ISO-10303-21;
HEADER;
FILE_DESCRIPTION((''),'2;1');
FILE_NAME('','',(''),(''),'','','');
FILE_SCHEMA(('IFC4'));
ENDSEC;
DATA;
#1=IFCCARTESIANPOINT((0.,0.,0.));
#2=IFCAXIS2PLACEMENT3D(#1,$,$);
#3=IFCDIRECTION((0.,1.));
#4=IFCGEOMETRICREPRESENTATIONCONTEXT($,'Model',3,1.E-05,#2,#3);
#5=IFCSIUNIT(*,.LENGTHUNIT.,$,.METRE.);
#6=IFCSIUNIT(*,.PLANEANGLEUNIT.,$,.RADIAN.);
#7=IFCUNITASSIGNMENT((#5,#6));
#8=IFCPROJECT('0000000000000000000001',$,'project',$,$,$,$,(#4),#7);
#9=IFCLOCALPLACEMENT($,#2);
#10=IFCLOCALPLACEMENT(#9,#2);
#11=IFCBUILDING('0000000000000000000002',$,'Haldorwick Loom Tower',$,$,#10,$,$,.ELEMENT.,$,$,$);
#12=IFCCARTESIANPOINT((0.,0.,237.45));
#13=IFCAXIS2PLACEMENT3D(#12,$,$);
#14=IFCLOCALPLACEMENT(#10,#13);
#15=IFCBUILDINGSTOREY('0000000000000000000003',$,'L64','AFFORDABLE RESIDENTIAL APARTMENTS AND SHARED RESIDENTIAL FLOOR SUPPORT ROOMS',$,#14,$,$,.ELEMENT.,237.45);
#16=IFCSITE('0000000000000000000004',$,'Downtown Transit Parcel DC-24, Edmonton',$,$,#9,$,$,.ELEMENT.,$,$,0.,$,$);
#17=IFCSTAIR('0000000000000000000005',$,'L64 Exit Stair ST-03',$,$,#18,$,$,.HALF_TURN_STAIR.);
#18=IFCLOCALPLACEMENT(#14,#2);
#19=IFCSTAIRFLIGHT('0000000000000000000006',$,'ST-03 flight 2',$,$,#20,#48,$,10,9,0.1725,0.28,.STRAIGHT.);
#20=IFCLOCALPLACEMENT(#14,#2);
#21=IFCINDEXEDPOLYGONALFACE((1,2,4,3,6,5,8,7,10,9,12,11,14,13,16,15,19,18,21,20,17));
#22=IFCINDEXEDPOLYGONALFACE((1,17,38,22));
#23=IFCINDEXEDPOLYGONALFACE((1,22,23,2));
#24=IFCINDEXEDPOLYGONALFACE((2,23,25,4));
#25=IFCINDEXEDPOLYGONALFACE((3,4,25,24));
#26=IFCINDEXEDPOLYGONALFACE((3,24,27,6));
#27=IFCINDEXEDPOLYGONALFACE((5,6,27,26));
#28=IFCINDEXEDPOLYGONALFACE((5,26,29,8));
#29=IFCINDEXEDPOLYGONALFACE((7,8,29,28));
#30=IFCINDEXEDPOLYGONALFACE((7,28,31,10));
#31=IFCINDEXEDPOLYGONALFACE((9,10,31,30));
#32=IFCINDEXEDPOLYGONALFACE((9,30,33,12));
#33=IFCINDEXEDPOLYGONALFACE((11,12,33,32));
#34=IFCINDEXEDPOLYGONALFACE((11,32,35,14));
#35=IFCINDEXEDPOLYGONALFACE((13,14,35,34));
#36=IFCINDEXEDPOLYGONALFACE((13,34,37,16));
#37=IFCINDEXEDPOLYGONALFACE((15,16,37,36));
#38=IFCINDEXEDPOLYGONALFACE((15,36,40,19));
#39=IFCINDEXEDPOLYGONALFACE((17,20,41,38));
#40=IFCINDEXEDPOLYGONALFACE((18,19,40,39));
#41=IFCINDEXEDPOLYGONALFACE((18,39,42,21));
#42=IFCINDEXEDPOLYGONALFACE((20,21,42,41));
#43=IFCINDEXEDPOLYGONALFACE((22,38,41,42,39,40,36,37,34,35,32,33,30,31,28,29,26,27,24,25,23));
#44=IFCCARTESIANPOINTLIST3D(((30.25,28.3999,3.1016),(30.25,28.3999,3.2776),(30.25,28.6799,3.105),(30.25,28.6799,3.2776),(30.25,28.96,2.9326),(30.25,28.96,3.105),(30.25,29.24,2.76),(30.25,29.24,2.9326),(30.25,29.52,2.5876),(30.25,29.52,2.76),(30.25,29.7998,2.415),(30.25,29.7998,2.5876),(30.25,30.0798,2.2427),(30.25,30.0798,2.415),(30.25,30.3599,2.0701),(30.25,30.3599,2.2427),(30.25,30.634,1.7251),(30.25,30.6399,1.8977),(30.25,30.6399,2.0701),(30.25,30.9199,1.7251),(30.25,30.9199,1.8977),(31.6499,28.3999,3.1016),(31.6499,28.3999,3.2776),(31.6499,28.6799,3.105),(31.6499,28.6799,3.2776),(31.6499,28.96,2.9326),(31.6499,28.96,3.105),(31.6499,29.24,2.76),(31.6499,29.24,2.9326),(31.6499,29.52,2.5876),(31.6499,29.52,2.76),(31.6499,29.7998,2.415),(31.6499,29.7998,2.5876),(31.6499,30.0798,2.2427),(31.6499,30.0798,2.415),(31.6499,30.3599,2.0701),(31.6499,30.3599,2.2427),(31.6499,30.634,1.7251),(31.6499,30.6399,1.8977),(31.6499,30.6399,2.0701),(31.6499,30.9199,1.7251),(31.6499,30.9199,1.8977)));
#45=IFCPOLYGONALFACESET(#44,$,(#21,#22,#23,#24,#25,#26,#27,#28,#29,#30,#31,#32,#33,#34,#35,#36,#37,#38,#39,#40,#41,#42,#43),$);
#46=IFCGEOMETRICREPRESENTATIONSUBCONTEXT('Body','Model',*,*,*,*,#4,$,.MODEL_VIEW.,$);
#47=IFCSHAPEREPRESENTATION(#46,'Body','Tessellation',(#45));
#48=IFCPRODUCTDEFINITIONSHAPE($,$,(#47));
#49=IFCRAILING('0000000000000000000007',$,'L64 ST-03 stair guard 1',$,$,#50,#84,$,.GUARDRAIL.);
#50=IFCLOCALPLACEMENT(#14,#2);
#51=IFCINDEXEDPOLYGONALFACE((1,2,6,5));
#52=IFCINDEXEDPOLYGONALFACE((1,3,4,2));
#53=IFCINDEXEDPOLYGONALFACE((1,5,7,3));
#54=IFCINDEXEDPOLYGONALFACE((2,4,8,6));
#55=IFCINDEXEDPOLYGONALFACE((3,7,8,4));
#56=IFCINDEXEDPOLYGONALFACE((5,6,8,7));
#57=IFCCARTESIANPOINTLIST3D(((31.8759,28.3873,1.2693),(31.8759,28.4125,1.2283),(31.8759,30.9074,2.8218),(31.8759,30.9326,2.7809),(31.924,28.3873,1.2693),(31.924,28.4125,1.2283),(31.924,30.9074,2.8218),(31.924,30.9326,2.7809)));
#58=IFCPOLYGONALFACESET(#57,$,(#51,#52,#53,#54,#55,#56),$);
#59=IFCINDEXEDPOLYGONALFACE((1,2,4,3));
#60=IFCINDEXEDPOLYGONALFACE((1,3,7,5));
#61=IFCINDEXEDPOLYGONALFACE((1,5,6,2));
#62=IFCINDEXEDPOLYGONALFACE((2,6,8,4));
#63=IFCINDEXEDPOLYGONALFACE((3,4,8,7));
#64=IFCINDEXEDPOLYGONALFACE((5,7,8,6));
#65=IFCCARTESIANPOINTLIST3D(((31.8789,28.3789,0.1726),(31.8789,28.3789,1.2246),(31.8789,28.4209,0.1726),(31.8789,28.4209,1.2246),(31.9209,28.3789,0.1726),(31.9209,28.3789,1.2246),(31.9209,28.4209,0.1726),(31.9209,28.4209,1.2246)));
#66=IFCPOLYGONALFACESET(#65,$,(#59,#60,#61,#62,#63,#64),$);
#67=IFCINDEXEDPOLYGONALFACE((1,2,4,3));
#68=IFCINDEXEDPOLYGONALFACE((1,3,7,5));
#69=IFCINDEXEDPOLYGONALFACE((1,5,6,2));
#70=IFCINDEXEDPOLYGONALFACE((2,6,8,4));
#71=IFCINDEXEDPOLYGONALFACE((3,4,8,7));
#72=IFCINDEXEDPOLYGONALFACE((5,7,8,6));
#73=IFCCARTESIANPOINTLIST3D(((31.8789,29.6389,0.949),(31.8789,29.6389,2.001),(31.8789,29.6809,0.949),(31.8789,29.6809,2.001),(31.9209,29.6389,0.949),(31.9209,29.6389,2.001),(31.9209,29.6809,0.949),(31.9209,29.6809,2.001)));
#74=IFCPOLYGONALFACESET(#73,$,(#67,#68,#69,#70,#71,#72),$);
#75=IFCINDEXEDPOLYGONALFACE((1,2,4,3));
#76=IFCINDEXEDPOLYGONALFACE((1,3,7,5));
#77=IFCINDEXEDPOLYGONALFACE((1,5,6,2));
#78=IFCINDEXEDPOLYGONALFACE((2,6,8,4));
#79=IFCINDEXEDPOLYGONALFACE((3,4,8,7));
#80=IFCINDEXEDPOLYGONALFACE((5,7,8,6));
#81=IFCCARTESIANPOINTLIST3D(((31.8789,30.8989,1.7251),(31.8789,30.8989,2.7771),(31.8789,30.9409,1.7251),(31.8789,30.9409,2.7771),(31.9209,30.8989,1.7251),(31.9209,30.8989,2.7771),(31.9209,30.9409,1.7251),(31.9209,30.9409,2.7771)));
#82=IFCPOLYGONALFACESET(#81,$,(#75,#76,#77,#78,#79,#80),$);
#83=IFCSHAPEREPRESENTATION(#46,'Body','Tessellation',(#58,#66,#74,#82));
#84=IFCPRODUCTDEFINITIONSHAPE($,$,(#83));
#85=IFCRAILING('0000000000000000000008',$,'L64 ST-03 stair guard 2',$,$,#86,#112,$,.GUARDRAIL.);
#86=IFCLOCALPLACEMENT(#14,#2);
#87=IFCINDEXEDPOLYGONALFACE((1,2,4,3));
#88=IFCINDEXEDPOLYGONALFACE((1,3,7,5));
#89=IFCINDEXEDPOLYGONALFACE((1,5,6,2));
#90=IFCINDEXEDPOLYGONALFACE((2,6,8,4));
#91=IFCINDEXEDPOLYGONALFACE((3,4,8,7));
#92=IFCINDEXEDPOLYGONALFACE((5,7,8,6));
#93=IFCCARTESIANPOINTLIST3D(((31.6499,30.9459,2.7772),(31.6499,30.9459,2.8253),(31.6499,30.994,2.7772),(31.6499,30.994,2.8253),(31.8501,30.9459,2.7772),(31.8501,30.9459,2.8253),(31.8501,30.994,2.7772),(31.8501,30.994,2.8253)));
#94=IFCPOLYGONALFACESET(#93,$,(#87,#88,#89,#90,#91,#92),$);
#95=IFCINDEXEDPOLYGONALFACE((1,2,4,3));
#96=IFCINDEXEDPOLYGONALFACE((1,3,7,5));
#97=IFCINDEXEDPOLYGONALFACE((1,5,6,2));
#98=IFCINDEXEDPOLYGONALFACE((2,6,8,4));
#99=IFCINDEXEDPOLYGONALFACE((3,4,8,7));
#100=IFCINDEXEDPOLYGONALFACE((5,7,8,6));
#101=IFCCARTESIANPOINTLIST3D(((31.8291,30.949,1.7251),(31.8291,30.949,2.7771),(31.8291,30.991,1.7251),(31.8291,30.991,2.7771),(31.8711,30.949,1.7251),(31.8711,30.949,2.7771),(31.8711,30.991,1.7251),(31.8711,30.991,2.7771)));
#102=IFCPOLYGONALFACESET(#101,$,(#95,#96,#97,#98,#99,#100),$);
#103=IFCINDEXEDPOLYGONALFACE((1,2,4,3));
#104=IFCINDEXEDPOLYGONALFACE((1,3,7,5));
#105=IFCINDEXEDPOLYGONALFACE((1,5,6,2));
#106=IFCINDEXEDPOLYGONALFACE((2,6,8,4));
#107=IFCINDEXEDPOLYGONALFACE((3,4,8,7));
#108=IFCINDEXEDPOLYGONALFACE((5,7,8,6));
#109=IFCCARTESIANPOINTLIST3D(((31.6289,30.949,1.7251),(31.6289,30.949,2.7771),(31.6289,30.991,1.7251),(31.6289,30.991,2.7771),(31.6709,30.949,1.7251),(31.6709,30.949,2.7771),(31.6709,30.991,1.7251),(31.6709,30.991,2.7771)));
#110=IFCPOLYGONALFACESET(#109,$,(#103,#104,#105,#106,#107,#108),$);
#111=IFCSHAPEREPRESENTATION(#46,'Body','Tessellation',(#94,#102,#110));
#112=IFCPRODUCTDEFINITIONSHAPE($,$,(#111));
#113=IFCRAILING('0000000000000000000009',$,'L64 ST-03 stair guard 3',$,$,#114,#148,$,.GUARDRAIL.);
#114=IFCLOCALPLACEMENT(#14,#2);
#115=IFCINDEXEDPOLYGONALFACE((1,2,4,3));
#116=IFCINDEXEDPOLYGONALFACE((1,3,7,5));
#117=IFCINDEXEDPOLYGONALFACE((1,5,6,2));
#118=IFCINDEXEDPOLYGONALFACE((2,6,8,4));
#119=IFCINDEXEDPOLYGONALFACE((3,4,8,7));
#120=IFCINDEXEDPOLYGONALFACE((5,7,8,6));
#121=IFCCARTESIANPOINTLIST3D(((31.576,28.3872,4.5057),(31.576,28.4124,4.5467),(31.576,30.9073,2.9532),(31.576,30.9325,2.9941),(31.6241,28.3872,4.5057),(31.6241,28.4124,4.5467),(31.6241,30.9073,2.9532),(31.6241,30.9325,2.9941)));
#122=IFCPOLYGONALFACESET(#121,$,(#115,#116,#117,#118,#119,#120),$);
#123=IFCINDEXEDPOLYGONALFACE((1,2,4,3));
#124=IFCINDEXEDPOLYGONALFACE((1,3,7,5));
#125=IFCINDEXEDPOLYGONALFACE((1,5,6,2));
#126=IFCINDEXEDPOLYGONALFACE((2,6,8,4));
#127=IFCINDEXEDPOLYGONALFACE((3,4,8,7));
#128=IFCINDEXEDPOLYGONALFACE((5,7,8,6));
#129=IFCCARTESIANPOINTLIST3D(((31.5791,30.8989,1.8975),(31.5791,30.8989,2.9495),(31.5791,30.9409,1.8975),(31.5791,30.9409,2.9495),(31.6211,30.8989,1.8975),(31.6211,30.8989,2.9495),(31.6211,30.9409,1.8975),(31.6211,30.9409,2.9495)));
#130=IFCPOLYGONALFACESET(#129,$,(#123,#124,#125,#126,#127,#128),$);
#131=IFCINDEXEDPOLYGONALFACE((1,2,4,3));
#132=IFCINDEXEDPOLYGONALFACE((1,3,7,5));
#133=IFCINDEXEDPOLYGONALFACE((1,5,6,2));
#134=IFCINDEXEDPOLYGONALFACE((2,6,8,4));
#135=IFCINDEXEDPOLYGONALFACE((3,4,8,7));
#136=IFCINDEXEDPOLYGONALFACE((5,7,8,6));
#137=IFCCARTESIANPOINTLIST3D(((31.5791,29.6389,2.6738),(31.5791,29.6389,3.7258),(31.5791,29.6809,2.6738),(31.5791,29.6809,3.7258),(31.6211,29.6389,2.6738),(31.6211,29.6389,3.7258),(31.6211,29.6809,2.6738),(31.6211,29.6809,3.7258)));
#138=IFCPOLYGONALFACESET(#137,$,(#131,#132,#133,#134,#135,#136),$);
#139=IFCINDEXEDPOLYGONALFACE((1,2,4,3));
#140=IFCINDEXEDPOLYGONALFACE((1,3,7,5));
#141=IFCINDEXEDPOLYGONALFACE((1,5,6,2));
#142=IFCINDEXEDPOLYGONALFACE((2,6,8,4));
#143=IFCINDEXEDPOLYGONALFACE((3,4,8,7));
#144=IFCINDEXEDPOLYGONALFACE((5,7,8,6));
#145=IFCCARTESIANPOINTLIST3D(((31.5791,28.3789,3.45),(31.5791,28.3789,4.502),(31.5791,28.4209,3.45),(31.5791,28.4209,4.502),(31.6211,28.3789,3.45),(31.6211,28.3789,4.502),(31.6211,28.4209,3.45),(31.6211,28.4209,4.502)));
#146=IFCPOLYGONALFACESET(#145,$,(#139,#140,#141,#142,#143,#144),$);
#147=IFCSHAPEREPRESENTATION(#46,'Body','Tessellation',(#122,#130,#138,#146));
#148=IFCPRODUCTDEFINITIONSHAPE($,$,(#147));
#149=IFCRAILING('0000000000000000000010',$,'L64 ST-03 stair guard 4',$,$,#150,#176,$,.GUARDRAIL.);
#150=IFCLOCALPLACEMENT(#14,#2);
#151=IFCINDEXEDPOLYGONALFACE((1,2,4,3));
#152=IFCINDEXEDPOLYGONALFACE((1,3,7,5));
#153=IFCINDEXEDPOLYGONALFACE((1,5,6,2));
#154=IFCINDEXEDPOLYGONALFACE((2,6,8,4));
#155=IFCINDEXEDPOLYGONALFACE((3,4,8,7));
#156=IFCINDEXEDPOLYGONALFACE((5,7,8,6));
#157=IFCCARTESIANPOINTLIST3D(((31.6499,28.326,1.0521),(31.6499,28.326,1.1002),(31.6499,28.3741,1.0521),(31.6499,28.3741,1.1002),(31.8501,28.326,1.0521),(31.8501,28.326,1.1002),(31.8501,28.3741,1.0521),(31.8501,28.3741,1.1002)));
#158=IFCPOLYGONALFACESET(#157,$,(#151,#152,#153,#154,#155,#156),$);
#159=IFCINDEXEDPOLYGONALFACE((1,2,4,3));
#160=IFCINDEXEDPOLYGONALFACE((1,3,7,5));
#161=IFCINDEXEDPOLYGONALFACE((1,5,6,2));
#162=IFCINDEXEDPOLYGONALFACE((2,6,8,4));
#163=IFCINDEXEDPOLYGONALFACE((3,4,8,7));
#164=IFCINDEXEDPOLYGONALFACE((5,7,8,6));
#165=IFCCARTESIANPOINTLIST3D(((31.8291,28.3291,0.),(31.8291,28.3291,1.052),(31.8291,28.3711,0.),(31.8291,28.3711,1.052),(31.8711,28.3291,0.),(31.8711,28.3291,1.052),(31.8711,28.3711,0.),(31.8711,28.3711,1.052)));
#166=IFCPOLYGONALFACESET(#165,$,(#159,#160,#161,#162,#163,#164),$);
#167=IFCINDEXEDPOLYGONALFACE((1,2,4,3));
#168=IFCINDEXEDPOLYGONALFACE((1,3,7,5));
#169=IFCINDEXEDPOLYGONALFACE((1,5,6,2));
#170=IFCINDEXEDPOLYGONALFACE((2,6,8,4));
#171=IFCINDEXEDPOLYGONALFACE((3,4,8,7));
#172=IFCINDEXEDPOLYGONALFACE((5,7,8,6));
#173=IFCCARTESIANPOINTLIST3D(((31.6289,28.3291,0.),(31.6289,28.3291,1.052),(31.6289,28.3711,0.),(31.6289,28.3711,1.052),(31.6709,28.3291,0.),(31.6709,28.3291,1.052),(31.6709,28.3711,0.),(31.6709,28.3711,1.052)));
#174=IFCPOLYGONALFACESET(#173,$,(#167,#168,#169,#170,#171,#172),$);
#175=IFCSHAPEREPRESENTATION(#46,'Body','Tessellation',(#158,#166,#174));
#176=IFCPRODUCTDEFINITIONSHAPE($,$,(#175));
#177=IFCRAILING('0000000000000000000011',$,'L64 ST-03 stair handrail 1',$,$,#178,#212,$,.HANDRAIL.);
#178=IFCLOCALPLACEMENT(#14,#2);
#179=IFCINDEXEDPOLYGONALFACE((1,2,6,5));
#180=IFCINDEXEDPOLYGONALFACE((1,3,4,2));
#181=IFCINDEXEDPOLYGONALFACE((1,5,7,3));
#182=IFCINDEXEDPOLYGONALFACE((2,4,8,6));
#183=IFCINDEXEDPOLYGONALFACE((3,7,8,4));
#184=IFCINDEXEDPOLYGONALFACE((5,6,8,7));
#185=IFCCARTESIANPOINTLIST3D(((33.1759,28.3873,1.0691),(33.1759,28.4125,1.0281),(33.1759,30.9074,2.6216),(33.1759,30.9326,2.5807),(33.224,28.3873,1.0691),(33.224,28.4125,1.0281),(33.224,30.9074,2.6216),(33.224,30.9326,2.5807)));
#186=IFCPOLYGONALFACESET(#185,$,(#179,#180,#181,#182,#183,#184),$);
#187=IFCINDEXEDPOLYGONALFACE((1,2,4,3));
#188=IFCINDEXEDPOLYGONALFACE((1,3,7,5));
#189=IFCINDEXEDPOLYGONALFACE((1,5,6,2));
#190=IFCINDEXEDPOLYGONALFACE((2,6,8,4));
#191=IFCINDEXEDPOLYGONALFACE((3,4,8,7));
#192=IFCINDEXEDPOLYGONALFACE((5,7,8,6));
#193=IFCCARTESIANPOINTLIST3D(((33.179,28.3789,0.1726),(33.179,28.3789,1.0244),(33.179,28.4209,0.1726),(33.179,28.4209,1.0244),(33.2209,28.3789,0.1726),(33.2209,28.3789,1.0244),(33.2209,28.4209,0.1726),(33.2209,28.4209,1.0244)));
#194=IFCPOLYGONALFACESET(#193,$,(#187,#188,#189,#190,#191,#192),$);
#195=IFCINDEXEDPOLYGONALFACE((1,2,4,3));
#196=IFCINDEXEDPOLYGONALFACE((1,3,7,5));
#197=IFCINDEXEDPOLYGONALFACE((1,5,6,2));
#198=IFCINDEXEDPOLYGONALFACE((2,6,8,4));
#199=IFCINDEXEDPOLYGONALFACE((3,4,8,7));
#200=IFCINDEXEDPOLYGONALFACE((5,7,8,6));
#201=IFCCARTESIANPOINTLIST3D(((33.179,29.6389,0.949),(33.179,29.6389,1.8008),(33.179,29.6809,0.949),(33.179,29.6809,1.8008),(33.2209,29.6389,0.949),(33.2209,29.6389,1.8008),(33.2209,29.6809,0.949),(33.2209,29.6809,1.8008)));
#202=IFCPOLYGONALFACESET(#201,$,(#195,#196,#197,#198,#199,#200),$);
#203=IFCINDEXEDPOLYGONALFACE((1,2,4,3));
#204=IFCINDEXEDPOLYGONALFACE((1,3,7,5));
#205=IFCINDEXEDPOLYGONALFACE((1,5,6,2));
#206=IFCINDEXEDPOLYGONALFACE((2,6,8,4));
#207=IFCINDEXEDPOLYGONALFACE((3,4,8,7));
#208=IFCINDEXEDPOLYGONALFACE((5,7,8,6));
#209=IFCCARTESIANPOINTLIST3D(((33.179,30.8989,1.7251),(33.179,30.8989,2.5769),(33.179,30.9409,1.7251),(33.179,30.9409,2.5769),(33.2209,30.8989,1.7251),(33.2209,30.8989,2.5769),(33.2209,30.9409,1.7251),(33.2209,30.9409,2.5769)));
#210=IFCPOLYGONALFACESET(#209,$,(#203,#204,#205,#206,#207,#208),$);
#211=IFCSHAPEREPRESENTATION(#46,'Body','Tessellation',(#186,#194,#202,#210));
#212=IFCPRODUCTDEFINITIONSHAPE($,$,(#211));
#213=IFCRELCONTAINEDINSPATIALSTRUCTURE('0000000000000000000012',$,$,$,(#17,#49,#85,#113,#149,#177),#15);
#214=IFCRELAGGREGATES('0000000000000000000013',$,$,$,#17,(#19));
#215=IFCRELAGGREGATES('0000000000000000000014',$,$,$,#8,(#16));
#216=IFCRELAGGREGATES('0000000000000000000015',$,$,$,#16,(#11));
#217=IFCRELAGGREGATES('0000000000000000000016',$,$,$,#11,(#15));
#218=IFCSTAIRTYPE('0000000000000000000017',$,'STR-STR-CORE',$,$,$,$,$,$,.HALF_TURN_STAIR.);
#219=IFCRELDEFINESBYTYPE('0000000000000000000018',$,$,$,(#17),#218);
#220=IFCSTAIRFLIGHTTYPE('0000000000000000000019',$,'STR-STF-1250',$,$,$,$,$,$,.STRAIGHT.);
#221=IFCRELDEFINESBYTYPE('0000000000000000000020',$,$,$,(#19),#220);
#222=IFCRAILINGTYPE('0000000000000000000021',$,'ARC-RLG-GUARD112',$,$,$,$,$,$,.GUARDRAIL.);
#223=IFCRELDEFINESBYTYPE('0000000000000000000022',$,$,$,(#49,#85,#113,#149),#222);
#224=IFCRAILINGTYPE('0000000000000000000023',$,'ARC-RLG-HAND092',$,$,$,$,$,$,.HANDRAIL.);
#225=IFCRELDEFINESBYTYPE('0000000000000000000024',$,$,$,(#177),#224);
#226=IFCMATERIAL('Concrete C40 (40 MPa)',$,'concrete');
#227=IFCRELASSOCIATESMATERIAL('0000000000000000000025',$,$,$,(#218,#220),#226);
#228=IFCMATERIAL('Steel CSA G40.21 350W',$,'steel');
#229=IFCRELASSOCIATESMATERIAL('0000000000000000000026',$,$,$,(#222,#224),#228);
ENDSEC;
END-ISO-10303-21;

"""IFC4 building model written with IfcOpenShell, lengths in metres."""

from ifc_helpers import new_model, si_unit, direction, frame, origin, origin_2d, place, context, subcontext, project, spatial, polyline, rectangle, outline, extrude, material, type_object, element, aggregate, save


model = new_model("IFC4")

# Units and contexts
model_context = context("Model", 3, precision=1e-05, world=origin(), true_north=direction((0.0, 1.0)))
body_context = subcontext(model_context, "Body", "Model", "MODEL_VIEW")
ifc_project = project(units=[si_unit("LENGTHUNIT", "METRE"), si_unit("PLANEANGLEUNIT", "RADIAN")], contexts=[model_context])

# Site, building, storey
site_placement = place(None, origin())
site = spatial("IfcSite", under=ifc_project, at=site_placement, Name="Downtown Transit Parcel DC-24, Edmonton", CompositionType="ELEMENT", RefElevation=0.0)
building_placement = place(site_placement, origin())
building = spatial("IfcBuilding", under=site, at=building_placement, Name="Haldorwick Loom Tower", CompositionType="ELEMENT")
storey_placement = place(building_placement, frame((0.0, 0.0, 237.45)))
storey = spatial("IfcBuildingStorey", under=building, at=storey_placement, Name="L64", Description="AFFORDABLE RESIDENTIAL APARTMENTS AND SHARED RESIDENTIAL FLOOR SUPPORT ROOMS", CompositionType="ELEMENT", Elevation=237.45)

# Shared definitions
ifc_material_1 = material(Name="Steel CSA G40.21 350W", Category="steel")

# Stair, stair flight
ifc_material_2 = material(Name="Concrete C40 (40 MPa)", Category="concrete")
stair_type = type_object("IfcStairType", Name="STR-STR-CORE", PredefinedType="HALF_TURN_STAIR", material=ifc_material_2)
stair_placement = place(storey_placement, origin())
stair = element("IfcStair", 1, at=stair_placement, inside=storey, type_object=stair_type, Name="L64 Exit Stair ST-03", PredefinedType="HALF_TURN_STAIR")
stair_flight_type = type_object("IfcStairFlightType", Name="STR-STF-1250", PredefinedType="STRAIGHT", material=ifc_material_2)
stair_flight_1_placement = place(storey_placement, frame((30.95, 30.9199, 1.7251), z_axis=(0.0, 0.0, 1.0), x_axis=(0.0, -1.0, 0.0)))
stair_flight_1 = element("IfcStairFlight", 2, at=stair_flight_1_placement, type_object=stair_flight_type, Name="ST-03 flight 2", NumberOfRisers=10, NumberOfTreads=9, PredefinedType="STRAIGHT", RiserHeight=0.1725, TreadLength=0.28, context=body_context, shape_type="SweptSolid", body=[
    extrude(outline(polyline([(0.0, 0.0), (0.0, 0.1726), (0.28, 0.1726), (0.28, 0.345), (0.5601, 0.345), (0.5601, 0.5176), (0.8401, 0.5176), (0.8401, 0.6899), (1.1201, 0.6899), (1.1201, 0.8625), (1.3999, 0.8625), (1.3999, 1.0349), (1.6799, 1.0349), (1.6799, 1.2075), (1.96, 1.2075), (1.96, 1.3799), (2.24, 1.3799), (2.24, 1.5525), (2.52, 1.5525), (2.52, 1.7251), (2.52, 1.3765), (0.2859, 0.0), (0.0, 0.0)])), frame((0.0, 0.7, 0.0), z_axis=(0.0, -1.0, 0.0), x_axis=(1.0, 0.0, 0.0)), (0.0, 0.0, 1.0), 1.3999),
])
aggregate(stair, [stair_flight_1])

# Railings
railing_type_1 = type_object("IfcRailingType", Name="ARC-RLG-GUARD112", PredefinedType="GUARDRAIL", material=ifc_material_1)
railing_1_placement = place(storey_placement, frame((31.8999, 28.3999, 0.1726)))
element("IfcRailing", 3, at=railing_1_placement, inside=storey, type_object=railing_type_1, Name="L64 ST-03 stair guard 1", PredefinedType="GUARDRAIL", context=body_context, shape_type="SweptSolid", body=[
    extrude(rectangle(XDim=0.0481, YDim=0.0481, at=origin_2d()), frame((0.0, 0.0, 1.0762), z_axis=(0.0, 0.8514, 0.524516), x_axis=(-1.0, 0.0, 0.0)), (0.0, 0.0, 1.0), 2.96),
    extrude(rectangle(XDim=0.042, YDim=0.042, at=origin_2d()), origin(), (0.0, 0.0, 1.0), 1.052),
    extrude(rectangle(XDim=0.042, YDim=0.042, at=origin_2d()), frame((0.0, 1.26, 0.7764)), (0.0, 0.0, 1.0), 1.052),
    extrude(rectangle(XDim=0.042, YDim=0.042, at=origin_2d()), frame((0.0, 2.52, 1.5525)), (0.0, 0.0, 1.0), 1.052),
])
railing_2_placement = place(storey_placement, frame((31.8501, 30.97, 1.7251)))
element("IfcRailing", 4, at=railing_2_placement, inside=storey, type_object=railing_type_1, Name="L64 ST-03 stair guard 2", PredefinedType="GUARDRAIL", context=body_context, shape_type="SweptSolid", body=[
    extrude(rectangle(XDim=0.0481, YDim=0.0481, at=origin_2d()), frame((0.0, 0.0, 1.0762), z_axis=(-1.0, 0.0, 0.0), x_axis=(0.0, -1.0, 0.0)), (0.0, 0.0, 1.0), 0.2002),
    extrude(rectangle(XDim=0.042, YDim=0.042, at=origin_2d()), origin(), (0.0, 0.0, 1.0), 1.052),
    extrude(rectangle(XDim=0.042, YDim=0.042, at=origin_2d()), frame((-0.2002, 0.0, 0.0)), (0.0, 0.0, 1.0), 1.052),
])
railing_3_placement = place(storey_placement, frame((31.6001, 30.9199, 1.8975)))
element("IfcRailing", 5, at=railing_3_placement, inside=storey, type_object=railing_type_1, Name="L64 ST-03 stair guard 3", PredefinedType="GUARDRAIL", context=body_context, shape_type="SweptSolid", body=[
    extrude(rectangle(XDim=0.0481, YDim=0.0481, at=origin_2d()), frame((0.0, 0.0, 1.0762), z_axis=(0.0, -0.8514, 0.524516), x_axis=(1.0, 0.0, 0.0)), (0.0, 0.0, 1.0), 2.96),
    extrude(rectangle(XDim=0.042, YDim=0.042, at=origin_2d()), origin(), (0.0, 0.0, 1.0), 1.052),
    extrude(rectangle(XDim=0.042, YDim=0.042, at=origin_2d()), frame((0.0, -1.26, 0.7764)), (0.0, 0.0, 1.0), 1.052),
    extrude(rectangle(XDim=0.042, YDim=0.042, at=origin_2d()), frame((0.0, -2.52, 1.5525)), (0.0, 0.0, 1.0), 1.052),
])
railing_4_placement = place(storey_placement, frame((31.8501, 28.3501, 0.0)))
element("IfcRailing", 6, at=railing_4_placement, inside=storey, type_object=railing_type_1, Name="L64 ST-03 stair guard 4", PredefinedType="GUARDRAIL", context=body_context, shape_type="SweptSolid", body=[
    extrude(rectangle(XDim=0.0481, YDim=0.0481, at=origin_2d()), frame((0.0, 0.0, 1.0762), z_axis=(-1.0, 0.0, 0.0), x_axis=(0.0, -1.0, 0.0)), (0.0, 0.0, 1.0), 0.2002),
    extrude(rectangle(XDim=0.042, YDim=0.042, at=origin_2d()), origin(), (0.0, 0.0, 1.0), 1.052),
    extrude(rectangle(XDim=0.042, YDim=0.042, at=origin_2d()), frame((-0.2002, 0.0, 0.0)), (0.0, 0.0, 1.0), 1.052),
])
railing_type_2 = type_object("IfcRailingType", Name="ARC-RLG-HAND092", PredefinedType="HANDRAIL", material=ifc_material_1)
railing_5_placement = place(storey_placement, frame((33.2, 28.3999, 0.1726)))
element("IfcRailing", 7, at=railing_5_placement, inside=storey, type_object=railing_type_2, Name="L64 ST-03 stair handrail 1", PredefinedType="HANDRAIL", context=body_context, shape_type="SweptSolid", body=[
    extrude(rectangle(XDim=0.0481, YDim=0.0481, at=origin_2d()), frame((0.0, 0.0, 0.876), z_axis=(0.0, 0.8514, 0.524516), x_axis=(-1.0, 0.0, 0.0)), (0.0, 0.0, 1.0), 2.96),
    extrude(rectangle(XDim=0.042, YDim=0.042, at=origin_2d()), origin(), (0.0, 0.0, 1.0), 0.8518),
    extrude(rectangle(XDim=0.042, YDim=0.042, at=origin_2d()), frame((0.0, 1.26, 0.7764)), (0.0, 0.0, 1.0), 0.8518),
    extrude(rectangle(XDim=0.042, YDim=0.042, at=origin_2d()), frame((0.0, 2.52, 1.5525)), (0.0, 0.0, 1.0), 0.8518),
])

save(model, "model.ifc")
